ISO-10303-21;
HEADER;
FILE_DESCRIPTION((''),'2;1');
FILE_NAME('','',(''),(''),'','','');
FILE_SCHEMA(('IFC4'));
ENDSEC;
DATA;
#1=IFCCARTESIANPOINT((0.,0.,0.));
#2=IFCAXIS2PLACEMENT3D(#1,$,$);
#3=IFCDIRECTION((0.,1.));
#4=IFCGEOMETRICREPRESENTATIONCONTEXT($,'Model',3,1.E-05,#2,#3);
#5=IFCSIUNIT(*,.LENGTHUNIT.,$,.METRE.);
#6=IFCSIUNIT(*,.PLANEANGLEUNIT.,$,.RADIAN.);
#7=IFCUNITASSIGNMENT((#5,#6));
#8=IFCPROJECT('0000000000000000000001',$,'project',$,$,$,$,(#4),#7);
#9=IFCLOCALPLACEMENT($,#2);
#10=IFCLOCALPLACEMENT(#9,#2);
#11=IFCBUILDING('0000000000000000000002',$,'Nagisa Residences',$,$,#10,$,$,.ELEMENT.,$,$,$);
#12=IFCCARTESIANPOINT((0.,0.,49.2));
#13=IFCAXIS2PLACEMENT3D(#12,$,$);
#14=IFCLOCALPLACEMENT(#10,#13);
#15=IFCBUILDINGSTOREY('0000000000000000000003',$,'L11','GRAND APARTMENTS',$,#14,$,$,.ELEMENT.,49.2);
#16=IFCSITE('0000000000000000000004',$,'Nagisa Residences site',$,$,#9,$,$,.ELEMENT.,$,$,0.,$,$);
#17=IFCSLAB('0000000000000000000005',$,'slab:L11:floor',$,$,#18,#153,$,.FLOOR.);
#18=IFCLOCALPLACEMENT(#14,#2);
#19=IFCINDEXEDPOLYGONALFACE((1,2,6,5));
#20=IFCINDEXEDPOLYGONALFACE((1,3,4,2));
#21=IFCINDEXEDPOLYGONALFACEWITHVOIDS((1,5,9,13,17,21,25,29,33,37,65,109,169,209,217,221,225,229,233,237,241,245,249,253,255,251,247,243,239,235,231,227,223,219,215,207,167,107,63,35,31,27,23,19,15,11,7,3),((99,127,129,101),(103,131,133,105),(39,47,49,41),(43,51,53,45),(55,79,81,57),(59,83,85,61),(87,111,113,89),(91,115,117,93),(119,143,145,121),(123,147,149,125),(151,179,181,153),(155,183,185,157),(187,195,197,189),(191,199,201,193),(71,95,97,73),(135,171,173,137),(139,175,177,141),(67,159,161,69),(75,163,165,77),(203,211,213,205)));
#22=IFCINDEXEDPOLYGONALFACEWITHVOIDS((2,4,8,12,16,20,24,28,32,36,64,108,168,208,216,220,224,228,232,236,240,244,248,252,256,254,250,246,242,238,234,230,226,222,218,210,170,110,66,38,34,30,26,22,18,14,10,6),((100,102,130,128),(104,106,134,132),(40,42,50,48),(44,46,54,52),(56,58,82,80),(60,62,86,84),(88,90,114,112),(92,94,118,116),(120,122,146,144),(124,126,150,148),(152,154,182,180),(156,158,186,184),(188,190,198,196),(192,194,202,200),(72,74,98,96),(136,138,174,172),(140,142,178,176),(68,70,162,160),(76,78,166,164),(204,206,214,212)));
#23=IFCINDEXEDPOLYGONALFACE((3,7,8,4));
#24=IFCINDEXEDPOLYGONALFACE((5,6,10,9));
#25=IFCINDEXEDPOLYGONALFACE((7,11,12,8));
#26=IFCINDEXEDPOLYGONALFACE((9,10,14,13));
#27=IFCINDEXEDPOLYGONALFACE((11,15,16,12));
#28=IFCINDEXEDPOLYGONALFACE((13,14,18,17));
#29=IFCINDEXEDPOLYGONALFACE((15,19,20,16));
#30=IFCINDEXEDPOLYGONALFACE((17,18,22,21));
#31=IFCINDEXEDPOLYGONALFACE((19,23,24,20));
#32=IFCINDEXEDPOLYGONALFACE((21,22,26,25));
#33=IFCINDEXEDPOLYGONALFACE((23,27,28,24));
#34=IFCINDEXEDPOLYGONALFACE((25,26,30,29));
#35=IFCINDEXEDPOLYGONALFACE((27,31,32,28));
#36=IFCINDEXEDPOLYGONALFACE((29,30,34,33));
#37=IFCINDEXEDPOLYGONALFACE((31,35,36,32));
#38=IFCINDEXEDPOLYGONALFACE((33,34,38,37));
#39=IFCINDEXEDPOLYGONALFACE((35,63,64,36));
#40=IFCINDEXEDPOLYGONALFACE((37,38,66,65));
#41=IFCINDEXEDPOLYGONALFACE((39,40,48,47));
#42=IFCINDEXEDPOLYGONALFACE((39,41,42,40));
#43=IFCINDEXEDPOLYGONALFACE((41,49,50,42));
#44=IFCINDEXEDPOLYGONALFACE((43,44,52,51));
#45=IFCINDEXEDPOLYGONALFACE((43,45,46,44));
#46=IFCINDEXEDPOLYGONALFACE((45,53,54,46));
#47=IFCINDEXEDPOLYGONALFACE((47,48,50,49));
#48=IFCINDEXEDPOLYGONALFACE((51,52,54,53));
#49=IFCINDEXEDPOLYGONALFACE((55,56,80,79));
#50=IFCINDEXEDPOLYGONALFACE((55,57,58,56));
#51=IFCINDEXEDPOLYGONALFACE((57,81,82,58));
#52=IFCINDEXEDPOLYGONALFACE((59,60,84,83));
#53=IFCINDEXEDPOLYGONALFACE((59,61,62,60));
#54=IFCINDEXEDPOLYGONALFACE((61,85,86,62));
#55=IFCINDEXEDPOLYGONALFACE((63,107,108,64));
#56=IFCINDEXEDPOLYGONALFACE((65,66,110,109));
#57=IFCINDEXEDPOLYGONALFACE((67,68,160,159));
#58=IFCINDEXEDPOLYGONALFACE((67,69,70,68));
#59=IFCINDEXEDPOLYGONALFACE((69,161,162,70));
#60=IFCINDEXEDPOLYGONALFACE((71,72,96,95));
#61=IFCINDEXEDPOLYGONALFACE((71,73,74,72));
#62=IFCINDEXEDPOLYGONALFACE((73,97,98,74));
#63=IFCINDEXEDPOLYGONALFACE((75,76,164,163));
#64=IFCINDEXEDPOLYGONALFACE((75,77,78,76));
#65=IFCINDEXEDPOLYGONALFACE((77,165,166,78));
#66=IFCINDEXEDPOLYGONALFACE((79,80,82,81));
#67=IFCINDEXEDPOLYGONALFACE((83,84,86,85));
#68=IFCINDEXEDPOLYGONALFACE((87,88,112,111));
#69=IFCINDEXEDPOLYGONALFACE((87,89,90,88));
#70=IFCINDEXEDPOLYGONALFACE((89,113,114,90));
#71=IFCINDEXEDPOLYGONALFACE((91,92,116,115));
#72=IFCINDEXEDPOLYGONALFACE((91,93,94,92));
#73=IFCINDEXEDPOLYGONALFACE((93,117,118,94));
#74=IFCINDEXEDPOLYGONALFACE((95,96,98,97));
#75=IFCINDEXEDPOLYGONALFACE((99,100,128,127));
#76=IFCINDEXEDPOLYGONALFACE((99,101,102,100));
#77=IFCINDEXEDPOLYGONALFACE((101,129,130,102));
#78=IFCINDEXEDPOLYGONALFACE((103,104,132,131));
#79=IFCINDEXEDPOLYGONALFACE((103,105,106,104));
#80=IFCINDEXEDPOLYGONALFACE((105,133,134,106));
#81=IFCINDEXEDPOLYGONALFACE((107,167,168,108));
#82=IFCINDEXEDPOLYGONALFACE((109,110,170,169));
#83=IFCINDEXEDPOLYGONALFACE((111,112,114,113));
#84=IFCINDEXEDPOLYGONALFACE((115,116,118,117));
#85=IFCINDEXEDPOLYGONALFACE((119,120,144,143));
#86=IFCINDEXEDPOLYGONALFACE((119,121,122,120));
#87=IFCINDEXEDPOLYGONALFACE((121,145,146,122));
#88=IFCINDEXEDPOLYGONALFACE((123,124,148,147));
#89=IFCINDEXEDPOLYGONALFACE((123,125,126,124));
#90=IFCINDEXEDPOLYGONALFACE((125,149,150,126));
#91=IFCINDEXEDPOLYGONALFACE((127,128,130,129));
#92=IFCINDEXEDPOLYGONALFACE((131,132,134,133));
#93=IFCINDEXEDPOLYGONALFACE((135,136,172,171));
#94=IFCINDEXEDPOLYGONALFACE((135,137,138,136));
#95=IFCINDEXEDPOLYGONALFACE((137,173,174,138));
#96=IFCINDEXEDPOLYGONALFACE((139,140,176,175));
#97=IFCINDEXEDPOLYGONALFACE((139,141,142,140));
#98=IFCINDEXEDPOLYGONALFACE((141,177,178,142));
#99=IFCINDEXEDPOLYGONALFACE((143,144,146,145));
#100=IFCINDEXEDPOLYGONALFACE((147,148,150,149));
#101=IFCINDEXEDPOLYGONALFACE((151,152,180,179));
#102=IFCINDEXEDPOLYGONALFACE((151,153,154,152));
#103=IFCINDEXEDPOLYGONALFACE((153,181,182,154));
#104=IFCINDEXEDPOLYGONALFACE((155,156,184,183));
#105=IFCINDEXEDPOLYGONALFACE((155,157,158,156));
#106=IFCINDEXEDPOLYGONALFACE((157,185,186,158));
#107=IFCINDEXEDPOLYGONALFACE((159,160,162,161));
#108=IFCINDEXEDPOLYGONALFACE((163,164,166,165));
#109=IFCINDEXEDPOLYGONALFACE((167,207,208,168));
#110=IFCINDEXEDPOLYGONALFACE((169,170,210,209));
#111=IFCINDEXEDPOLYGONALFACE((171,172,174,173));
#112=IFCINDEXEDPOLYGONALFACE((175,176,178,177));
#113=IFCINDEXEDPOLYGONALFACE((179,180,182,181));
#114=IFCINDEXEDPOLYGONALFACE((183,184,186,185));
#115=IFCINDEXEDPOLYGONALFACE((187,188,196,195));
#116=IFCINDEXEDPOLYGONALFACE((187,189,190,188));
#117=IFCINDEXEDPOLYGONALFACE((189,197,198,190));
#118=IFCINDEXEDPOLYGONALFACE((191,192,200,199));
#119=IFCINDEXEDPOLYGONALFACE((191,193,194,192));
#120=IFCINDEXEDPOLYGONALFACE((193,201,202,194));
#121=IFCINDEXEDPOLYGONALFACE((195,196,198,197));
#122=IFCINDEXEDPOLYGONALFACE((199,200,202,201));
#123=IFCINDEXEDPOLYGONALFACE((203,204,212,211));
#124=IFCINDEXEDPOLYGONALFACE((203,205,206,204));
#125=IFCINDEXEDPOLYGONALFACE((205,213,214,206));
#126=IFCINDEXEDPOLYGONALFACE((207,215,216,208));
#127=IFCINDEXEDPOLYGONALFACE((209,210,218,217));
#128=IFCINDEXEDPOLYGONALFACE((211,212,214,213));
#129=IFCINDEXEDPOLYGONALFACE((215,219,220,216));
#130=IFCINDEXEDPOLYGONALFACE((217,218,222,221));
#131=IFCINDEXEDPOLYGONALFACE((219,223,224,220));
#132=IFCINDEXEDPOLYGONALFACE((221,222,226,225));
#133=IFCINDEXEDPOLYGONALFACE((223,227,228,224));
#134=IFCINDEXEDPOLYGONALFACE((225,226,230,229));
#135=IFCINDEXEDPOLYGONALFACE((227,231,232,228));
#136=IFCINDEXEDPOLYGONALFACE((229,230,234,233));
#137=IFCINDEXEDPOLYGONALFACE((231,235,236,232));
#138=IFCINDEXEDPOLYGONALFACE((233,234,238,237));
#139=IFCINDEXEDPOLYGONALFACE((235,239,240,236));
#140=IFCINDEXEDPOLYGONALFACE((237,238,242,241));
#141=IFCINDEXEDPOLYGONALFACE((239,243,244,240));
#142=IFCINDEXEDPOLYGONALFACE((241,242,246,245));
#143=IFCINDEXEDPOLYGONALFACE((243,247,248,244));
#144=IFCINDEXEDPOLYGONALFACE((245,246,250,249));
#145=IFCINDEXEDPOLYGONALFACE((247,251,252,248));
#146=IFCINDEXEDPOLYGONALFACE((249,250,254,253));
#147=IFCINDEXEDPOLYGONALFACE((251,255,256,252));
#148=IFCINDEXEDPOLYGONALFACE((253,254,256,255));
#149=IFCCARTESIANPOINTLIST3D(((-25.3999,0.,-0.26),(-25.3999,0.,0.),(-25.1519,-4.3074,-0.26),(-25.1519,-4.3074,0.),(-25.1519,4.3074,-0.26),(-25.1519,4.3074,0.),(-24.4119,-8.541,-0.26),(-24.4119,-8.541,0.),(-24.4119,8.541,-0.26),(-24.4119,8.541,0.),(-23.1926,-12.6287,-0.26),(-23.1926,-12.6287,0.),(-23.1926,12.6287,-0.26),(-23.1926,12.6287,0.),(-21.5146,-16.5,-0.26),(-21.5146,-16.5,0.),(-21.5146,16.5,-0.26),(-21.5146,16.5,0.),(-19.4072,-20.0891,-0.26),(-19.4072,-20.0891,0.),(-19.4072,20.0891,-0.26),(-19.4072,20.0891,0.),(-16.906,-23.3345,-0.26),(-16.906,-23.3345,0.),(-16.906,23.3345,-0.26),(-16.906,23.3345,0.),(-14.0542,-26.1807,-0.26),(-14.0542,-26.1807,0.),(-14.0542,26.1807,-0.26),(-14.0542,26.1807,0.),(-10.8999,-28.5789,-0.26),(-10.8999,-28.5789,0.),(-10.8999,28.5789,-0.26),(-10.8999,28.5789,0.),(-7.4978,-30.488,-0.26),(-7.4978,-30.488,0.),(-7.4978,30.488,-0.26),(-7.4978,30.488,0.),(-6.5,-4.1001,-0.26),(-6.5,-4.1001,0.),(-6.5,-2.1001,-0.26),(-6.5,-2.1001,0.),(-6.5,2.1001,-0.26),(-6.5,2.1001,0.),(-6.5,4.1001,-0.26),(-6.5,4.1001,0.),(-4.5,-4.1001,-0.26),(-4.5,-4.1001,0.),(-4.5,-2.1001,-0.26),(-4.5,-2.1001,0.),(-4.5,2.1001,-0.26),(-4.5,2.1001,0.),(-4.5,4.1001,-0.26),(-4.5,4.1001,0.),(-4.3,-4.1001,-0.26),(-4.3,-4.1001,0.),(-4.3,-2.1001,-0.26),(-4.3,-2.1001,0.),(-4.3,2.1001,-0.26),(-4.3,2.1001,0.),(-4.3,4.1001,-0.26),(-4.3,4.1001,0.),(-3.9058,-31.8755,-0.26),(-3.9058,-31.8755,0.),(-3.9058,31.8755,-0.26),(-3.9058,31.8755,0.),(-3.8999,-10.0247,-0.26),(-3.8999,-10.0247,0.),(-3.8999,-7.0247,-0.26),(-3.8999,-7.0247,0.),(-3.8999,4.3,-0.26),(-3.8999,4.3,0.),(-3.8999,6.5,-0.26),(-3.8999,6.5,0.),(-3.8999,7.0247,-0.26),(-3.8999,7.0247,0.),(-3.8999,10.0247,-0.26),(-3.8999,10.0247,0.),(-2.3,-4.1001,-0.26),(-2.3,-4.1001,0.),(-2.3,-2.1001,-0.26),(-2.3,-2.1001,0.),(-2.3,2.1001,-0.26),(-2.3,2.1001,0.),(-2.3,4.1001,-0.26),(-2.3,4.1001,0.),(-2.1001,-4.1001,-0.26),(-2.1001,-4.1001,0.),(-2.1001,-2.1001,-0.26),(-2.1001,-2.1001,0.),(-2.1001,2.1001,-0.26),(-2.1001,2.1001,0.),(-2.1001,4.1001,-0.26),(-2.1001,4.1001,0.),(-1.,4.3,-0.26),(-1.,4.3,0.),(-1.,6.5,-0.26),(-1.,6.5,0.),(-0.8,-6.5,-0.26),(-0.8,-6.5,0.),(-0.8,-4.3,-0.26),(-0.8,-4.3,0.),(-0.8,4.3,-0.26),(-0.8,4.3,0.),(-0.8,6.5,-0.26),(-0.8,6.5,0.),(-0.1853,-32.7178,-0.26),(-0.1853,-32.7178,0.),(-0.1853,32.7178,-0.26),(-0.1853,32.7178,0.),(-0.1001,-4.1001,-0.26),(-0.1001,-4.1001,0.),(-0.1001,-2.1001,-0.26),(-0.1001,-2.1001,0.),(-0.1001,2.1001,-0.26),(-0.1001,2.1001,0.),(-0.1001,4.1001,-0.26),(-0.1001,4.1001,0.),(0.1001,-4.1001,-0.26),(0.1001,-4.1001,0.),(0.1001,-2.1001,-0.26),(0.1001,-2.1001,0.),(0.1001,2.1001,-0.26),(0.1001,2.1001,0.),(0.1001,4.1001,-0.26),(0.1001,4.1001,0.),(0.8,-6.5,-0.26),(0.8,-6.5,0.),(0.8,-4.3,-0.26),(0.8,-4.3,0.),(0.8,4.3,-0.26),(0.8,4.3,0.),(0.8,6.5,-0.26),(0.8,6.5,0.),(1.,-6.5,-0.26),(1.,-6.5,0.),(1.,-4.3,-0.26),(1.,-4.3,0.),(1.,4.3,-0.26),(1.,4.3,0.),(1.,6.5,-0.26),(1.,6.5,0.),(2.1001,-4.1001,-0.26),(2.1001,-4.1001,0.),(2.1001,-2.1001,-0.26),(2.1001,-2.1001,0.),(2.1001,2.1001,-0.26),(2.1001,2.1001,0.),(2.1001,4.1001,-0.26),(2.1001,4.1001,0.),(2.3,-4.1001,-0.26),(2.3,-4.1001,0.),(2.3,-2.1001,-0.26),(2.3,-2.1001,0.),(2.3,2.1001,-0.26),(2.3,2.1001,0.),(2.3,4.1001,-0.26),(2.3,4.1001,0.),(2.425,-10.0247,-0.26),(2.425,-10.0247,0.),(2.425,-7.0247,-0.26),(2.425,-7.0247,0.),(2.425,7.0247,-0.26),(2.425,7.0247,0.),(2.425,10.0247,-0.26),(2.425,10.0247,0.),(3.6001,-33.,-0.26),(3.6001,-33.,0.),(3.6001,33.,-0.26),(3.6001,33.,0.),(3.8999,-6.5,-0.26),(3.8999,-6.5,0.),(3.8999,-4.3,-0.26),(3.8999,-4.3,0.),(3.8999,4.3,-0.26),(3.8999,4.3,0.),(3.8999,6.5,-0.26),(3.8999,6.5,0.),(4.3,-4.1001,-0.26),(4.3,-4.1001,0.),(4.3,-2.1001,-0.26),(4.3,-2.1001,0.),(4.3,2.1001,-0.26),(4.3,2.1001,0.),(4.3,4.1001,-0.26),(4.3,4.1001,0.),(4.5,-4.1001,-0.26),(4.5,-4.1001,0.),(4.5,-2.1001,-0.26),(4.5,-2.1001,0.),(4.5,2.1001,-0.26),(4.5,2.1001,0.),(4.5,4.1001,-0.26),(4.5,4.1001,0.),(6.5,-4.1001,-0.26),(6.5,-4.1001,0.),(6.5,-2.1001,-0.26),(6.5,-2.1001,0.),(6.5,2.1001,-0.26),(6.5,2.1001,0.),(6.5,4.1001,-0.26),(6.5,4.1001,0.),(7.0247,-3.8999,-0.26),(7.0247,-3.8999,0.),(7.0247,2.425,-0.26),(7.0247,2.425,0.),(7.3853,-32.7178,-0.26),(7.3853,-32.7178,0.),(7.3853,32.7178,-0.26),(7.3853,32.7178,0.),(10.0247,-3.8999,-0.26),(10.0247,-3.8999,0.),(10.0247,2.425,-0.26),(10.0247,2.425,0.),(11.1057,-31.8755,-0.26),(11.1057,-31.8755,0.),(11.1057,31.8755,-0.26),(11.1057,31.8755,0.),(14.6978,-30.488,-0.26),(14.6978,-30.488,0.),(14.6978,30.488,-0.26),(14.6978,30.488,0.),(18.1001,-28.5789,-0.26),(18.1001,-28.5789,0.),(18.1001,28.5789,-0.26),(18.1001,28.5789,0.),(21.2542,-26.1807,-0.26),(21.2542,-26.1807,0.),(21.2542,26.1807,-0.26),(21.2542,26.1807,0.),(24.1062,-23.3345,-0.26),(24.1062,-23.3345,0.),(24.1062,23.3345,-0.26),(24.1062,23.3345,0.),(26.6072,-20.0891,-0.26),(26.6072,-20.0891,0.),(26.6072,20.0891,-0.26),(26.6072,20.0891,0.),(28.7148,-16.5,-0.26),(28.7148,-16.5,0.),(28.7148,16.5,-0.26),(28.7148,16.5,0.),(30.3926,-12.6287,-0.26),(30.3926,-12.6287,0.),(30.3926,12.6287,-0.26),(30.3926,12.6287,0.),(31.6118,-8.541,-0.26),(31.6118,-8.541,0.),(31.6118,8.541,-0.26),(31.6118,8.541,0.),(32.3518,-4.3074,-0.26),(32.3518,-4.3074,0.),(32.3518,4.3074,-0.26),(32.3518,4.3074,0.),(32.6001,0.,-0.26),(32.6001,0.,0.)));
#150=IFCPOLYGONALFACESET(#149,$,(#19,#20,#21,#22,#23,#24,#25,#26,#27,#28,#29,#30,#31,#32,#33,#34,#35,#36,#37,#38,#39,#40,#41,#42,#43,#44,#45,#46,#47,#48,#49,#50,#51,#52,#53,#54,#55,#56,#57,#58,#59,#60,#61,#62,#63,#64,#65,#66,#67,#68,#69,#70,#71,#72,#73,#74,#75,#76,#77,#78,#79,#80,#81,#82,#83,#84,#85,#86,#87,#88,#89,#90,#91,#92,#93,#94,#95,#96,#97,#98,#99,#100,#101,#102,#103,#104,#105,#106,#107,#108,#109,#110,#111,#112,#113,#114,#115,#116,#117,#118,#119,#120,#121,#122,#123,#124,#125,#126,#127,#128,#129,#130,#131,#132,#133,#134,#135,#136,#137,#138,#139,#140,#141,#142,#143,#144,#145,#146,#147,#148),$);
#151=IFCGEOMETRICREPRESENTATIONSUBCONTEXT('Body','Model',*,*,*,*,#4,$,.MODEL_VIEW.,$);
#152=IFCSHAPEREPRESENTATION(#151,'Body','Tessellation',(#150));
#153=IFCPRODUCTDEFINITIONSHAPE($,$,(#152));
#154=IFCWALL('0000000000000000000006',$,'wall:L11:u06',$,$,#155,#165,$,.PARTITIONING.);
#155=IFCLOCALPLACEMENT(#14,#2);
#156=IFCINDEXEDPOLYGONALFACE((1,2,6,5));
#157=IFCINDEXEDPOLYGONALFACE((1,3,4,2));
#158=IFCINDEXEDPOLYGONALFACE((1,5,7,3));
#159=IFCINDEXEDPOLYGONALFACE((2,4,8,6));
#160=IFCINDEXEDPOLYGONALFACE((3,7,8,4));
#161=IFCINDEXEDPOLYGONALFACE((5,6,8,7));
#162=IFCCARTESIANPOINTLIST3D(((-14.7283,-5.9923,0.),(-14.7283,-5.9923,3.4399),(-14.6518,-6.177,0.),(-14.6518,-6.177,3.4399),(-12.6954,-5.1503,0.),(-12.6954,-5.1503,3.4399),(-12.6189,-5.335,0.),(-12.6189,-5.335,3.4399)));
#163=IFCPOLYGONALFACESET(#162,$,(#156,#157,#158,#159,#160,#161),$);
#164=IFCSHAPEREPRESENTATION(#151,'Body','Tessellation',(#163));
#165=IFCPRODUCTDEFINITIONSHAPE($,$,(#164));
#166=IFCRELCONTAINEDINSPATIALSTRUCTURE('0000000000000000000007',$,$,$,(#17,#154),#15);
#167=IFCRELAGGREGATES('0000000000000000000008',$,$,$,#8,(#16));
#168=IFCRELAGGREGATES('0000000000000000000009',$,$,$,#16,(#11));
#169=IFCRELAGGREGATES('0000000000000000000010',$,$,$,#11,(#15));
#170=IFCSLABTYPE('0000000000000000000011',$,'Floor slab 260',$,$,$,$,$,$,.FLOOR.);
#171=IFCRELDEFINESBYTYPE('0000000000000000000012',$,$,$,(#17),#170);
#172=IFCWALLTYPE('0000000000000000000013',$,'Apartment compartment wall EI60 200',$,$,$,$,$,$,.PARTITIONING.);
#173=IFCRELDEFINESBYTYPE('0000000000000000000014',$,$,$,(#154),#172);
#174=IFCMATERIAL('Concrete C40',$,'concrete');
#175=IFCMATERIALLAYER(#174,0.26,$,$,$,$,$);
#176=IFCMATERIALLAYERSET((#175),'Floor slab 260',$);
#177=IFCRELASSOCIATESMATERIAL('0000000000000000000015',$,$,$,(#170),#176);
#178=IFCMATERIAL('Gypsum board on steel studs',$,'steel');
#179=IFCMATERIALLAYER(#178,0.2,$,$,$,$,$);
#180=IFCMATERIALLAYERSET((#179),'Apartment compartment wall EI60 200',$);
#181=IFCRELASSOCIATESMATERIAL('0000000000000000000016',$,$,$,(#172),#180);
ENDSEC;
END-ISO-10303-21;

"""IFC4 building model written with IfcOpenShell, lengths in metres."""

from ifc_helpers import new_model, si_unit, direction, frame, frame_2d, origin, place, context, subcontext, project, spatial, polyline, rectangle, outline, extrude, material, layer, layer_set, type_object, element, save


model = new_model("IFC4")

# Units and contexts
model_context = context("Model", 3, precision=1e-05, world=origin(), true_north=direction((0.0, 1.0)))
body_context = subcontext(model_context, "Body", "Model", "MODEL_VIEW")
ifc_project = project(units=[si_unit("LENGTHUNIT", "METRE"), si_unit("PLANEANGLEUNIT", "RADIAN")], contexts=[model_context])

# Site, building, storey
site_placement = place(None, origin())
site = spatial("IfcSite", under=ifc_project, at=site_placement, Name="Nagisa Residences site", CompositionType="ELEMENT", RefElevation=0.0)
building_placement = place(site_placement, origin())
building = spatial("IfcBuilding", under=site, at=building_placement, Name="Nagisa Residences", CompositionType="ELEMENT")
storey_placement = place(building_placement, frame((0.0, 0.0, 49.2)))
storey = spatial("IfcBuildingStorey", under=building, at=storey_placement, Name="L11", Description="GRAND APARTMENTS", CompositionType="ELEMENT", Elevation=49.2)

# Slab
ifc_material_1 = material(Name="Concrete C40", Category="concrete")
ifc_layer_1 = layer(ifc_material_1, 0.26)
ifc_layer_set_1 = layer_set([ifc_layer_1], Name="Floor slab 260")
slab_type_1 = type_object("IfcSlabType", Name="Floor slab 260", PredefinedType="FLOOR", material=ifc_layer_set_1)
slab_1_placement = place(storey_placement, frame((0.0, 0.0, -0.26)))
element("IfcSlab", 1, at=slab_1_placement, inside=storey, type_object=slab_type_1, Name="slab:L11:floor", PredefinedType="FLOOR", context=body_context, shape_type="SweptSolid", body=[
    extrude(outline(polyline([(32.6001, 0.0), (32.3518, 4.3074), (31.6118, 8.541), (30.3926, 12.6287), (28.7148, 16.5), (26.6072, 20.0891), (24.1062, 23.3345), (21.2542, 26.1807), (18.1001, 28.5789), (14.6978, 30.488), (11.1057, 31.8755), (7.3853, 32.7178), (3.6001, 33.0), (-0.1853, 32.7178), (-3.9058, 31.8755), (-7.4978, 30.488), (-10.8999, 28.5789), (-14.0542, 26.1807), (-16.906, 23.3345), (-19.4072, 20.0891), (-21.5146, 16.5), (-23.1926, 12.6287), (-24.4119, 8.541), (-25.1519, 4.3074), (-25.3999, 0.0), (-25.1519, -4.3074), (-24.4119, -8.541), (-23.1926, -12.6287), (-21.5146, -16.5), (-19.4072, -20.0891), (-16.906, -23.3345), (-14.0542, -26.1807), (-10.8999, -28.5789), (-7.4978, -30.488), (-3.9058, -31.8755), (-0.1853, -32.7178), (3.6001, -33.0), (7.3853, -32.7178), (11.1057, -31.8755), (14.6978, -30.488), (18.1001, -28.5789), (21.2542, -26.1807), (24.1062, -23.3345), (26.6072, -20.0891), (28.7148, -16.5), (30.3926, -12.6287), (31.6118, -8.541), (32.3518, -4.3074), (32.6001, 0.0)]), holes=[polyline([(-4.5, 2.1001), (-4.5, 4.1001), (-6.5, 4.1001), (-6.5, 2.1001), (-4.5, 2.1001)]), polyline([(-2.3, 2.1001), (-2.3, 4.1001), (-4.3, 4.1001), (-4.3, 2.1001), (-2.3, 2.1001)]), polyline([(-0.1001, 2.1001), (-0.1001, 4.1001), (-2.1001, 4.1001), (-2.1001, 2.1001), (-0.1001, 2.1001)]), polyline([(2.1001, 2.1001), (2.1001, 4.1001), (0.1001, 4.1001), (0.1001, 2.1001), (2.1001, 2.1001)]), polyline([(4.3, 2.1001), (4.3, 4.1001), (2.3, 4.1001), (2.3, 2.1001), (4.3, 2.1001)]), polyline([(6.5, 2.1001), (6.5, 4.1001), (4.5, 4.1001), (4.5, 2.1001), (6.5, 2.1001)]), polyline([(-4.5, -4.1001), (-4.5, -2.1001), (-6.5, -2.1001), (-6.5, -4.1001), (-4.5, -4.1001)]), polyline([(-2.3, -4.1001), (-2.3, -2.1001), (-4.3, -2.1001), (-4.3, -4.1001), (-2.3, -4.1001)]), polyline([(-0.1001, -4.1001), (-0.1001, -2.1001), (-2.1001, -2.1001), (-2.1001, -4.1001), (-0.1001, -4.1001)]), polyline([(2.1001, -4.1001), (2.1001, -2.1001), (0.1001, -2.1001), (0.1001, -4.1001), (2.1001, -4.1001)]), polyline([(4.3, -4.1001), (4.3, -2.1001), (2.3, -2.1001), (2.3, -4.1001), (4.3, -4.1001)]), polyline([(6.5, -4.1001), (6.5, -2.1001), (4.5, -2.1001), (4.5, -4.1001), (6.5, -4.1001)]), polyline([(3.8999, 4.3), (3.8999, 6.5), (1.0, 6.5), (1.0, 4.3), (3.8999, 4.3)]), polyline([(3.8999, -6.5), (3.8999, -4.3), (1.0, -4.3), (1.0, -6.5), (3.8999, -6.5)]), polyline([(-1.0, 4.3), (-1.0, 6.5), (-3.8999, 6.5), (-3.8999, 4.3), (-1.0, 4.3)]), polyline([(0.8, 4.3), (0.8, 6.5), (-0.8, 6.5), (-0.8, 4.3), (0.8, 4.3)]), polyline([(0.8, -6.5), (0.8, -4.3), (-0.8, -4.3), (-0.8, -6.5), (0.8, -6.5)]), polyline([(10.0247, -3.8999), (7.0247, -3.8999), (7.0247, 2.425), (10.0247, 2.425), (10.0247, -3.8999)]), polyline([(-3.8999, 7.0247), (-3.8999, 10.0247), (2.425, 10.0247), (2.425, 7.0247), (-3.8999, 7.0247)]), polyline([(-3.8999, -10.0247), (-3.8999, -7.0247), (2.425, -7.0247), (2.425, -10.0247), (-3.8999, -10.0247)])]), origin(), (0.0, 0.0, 1.0), 0.26),
])

# Wall
ifc_material_2 = material(Name="Gypsum board on steel studs", Category="steel")
ifc_layer_2 = layer(ifc_material_2, 0.2)
ifc_layer_set_2 = layer_set([ifc_layer_2], Name="Apartment compartment wall EI60 200")
wall_type_1 = type_object("IfcWallType", Name="Apartment compartment wall EI60 200", PredefinedType="PARTITIONING", material=ifc_layer_set_2)
wall_1_placement = place(storey_placement, frame((-12.6572, -5.2427, 0.0), z_axis=(0.0, 0.0, 1.0), x_axis=(-0.923886, -0.382669, 0.0)))
element("IfcWall", 2, at=wall_1_placement, inside=storey, type_object=wall_type_1, Name="wall:L11:u06", PredefinedType="PARTITIONING", context=body_context, shape_type="SweptSolid", body=[
    extrude(rectangle(XDim=2.2004, YDim=0.2, at=frame_2d((1.1001, 0.0))), origin(), (0.0, 0.0, 1.0), 3.4399),
])

save(model, "model.ifc")
